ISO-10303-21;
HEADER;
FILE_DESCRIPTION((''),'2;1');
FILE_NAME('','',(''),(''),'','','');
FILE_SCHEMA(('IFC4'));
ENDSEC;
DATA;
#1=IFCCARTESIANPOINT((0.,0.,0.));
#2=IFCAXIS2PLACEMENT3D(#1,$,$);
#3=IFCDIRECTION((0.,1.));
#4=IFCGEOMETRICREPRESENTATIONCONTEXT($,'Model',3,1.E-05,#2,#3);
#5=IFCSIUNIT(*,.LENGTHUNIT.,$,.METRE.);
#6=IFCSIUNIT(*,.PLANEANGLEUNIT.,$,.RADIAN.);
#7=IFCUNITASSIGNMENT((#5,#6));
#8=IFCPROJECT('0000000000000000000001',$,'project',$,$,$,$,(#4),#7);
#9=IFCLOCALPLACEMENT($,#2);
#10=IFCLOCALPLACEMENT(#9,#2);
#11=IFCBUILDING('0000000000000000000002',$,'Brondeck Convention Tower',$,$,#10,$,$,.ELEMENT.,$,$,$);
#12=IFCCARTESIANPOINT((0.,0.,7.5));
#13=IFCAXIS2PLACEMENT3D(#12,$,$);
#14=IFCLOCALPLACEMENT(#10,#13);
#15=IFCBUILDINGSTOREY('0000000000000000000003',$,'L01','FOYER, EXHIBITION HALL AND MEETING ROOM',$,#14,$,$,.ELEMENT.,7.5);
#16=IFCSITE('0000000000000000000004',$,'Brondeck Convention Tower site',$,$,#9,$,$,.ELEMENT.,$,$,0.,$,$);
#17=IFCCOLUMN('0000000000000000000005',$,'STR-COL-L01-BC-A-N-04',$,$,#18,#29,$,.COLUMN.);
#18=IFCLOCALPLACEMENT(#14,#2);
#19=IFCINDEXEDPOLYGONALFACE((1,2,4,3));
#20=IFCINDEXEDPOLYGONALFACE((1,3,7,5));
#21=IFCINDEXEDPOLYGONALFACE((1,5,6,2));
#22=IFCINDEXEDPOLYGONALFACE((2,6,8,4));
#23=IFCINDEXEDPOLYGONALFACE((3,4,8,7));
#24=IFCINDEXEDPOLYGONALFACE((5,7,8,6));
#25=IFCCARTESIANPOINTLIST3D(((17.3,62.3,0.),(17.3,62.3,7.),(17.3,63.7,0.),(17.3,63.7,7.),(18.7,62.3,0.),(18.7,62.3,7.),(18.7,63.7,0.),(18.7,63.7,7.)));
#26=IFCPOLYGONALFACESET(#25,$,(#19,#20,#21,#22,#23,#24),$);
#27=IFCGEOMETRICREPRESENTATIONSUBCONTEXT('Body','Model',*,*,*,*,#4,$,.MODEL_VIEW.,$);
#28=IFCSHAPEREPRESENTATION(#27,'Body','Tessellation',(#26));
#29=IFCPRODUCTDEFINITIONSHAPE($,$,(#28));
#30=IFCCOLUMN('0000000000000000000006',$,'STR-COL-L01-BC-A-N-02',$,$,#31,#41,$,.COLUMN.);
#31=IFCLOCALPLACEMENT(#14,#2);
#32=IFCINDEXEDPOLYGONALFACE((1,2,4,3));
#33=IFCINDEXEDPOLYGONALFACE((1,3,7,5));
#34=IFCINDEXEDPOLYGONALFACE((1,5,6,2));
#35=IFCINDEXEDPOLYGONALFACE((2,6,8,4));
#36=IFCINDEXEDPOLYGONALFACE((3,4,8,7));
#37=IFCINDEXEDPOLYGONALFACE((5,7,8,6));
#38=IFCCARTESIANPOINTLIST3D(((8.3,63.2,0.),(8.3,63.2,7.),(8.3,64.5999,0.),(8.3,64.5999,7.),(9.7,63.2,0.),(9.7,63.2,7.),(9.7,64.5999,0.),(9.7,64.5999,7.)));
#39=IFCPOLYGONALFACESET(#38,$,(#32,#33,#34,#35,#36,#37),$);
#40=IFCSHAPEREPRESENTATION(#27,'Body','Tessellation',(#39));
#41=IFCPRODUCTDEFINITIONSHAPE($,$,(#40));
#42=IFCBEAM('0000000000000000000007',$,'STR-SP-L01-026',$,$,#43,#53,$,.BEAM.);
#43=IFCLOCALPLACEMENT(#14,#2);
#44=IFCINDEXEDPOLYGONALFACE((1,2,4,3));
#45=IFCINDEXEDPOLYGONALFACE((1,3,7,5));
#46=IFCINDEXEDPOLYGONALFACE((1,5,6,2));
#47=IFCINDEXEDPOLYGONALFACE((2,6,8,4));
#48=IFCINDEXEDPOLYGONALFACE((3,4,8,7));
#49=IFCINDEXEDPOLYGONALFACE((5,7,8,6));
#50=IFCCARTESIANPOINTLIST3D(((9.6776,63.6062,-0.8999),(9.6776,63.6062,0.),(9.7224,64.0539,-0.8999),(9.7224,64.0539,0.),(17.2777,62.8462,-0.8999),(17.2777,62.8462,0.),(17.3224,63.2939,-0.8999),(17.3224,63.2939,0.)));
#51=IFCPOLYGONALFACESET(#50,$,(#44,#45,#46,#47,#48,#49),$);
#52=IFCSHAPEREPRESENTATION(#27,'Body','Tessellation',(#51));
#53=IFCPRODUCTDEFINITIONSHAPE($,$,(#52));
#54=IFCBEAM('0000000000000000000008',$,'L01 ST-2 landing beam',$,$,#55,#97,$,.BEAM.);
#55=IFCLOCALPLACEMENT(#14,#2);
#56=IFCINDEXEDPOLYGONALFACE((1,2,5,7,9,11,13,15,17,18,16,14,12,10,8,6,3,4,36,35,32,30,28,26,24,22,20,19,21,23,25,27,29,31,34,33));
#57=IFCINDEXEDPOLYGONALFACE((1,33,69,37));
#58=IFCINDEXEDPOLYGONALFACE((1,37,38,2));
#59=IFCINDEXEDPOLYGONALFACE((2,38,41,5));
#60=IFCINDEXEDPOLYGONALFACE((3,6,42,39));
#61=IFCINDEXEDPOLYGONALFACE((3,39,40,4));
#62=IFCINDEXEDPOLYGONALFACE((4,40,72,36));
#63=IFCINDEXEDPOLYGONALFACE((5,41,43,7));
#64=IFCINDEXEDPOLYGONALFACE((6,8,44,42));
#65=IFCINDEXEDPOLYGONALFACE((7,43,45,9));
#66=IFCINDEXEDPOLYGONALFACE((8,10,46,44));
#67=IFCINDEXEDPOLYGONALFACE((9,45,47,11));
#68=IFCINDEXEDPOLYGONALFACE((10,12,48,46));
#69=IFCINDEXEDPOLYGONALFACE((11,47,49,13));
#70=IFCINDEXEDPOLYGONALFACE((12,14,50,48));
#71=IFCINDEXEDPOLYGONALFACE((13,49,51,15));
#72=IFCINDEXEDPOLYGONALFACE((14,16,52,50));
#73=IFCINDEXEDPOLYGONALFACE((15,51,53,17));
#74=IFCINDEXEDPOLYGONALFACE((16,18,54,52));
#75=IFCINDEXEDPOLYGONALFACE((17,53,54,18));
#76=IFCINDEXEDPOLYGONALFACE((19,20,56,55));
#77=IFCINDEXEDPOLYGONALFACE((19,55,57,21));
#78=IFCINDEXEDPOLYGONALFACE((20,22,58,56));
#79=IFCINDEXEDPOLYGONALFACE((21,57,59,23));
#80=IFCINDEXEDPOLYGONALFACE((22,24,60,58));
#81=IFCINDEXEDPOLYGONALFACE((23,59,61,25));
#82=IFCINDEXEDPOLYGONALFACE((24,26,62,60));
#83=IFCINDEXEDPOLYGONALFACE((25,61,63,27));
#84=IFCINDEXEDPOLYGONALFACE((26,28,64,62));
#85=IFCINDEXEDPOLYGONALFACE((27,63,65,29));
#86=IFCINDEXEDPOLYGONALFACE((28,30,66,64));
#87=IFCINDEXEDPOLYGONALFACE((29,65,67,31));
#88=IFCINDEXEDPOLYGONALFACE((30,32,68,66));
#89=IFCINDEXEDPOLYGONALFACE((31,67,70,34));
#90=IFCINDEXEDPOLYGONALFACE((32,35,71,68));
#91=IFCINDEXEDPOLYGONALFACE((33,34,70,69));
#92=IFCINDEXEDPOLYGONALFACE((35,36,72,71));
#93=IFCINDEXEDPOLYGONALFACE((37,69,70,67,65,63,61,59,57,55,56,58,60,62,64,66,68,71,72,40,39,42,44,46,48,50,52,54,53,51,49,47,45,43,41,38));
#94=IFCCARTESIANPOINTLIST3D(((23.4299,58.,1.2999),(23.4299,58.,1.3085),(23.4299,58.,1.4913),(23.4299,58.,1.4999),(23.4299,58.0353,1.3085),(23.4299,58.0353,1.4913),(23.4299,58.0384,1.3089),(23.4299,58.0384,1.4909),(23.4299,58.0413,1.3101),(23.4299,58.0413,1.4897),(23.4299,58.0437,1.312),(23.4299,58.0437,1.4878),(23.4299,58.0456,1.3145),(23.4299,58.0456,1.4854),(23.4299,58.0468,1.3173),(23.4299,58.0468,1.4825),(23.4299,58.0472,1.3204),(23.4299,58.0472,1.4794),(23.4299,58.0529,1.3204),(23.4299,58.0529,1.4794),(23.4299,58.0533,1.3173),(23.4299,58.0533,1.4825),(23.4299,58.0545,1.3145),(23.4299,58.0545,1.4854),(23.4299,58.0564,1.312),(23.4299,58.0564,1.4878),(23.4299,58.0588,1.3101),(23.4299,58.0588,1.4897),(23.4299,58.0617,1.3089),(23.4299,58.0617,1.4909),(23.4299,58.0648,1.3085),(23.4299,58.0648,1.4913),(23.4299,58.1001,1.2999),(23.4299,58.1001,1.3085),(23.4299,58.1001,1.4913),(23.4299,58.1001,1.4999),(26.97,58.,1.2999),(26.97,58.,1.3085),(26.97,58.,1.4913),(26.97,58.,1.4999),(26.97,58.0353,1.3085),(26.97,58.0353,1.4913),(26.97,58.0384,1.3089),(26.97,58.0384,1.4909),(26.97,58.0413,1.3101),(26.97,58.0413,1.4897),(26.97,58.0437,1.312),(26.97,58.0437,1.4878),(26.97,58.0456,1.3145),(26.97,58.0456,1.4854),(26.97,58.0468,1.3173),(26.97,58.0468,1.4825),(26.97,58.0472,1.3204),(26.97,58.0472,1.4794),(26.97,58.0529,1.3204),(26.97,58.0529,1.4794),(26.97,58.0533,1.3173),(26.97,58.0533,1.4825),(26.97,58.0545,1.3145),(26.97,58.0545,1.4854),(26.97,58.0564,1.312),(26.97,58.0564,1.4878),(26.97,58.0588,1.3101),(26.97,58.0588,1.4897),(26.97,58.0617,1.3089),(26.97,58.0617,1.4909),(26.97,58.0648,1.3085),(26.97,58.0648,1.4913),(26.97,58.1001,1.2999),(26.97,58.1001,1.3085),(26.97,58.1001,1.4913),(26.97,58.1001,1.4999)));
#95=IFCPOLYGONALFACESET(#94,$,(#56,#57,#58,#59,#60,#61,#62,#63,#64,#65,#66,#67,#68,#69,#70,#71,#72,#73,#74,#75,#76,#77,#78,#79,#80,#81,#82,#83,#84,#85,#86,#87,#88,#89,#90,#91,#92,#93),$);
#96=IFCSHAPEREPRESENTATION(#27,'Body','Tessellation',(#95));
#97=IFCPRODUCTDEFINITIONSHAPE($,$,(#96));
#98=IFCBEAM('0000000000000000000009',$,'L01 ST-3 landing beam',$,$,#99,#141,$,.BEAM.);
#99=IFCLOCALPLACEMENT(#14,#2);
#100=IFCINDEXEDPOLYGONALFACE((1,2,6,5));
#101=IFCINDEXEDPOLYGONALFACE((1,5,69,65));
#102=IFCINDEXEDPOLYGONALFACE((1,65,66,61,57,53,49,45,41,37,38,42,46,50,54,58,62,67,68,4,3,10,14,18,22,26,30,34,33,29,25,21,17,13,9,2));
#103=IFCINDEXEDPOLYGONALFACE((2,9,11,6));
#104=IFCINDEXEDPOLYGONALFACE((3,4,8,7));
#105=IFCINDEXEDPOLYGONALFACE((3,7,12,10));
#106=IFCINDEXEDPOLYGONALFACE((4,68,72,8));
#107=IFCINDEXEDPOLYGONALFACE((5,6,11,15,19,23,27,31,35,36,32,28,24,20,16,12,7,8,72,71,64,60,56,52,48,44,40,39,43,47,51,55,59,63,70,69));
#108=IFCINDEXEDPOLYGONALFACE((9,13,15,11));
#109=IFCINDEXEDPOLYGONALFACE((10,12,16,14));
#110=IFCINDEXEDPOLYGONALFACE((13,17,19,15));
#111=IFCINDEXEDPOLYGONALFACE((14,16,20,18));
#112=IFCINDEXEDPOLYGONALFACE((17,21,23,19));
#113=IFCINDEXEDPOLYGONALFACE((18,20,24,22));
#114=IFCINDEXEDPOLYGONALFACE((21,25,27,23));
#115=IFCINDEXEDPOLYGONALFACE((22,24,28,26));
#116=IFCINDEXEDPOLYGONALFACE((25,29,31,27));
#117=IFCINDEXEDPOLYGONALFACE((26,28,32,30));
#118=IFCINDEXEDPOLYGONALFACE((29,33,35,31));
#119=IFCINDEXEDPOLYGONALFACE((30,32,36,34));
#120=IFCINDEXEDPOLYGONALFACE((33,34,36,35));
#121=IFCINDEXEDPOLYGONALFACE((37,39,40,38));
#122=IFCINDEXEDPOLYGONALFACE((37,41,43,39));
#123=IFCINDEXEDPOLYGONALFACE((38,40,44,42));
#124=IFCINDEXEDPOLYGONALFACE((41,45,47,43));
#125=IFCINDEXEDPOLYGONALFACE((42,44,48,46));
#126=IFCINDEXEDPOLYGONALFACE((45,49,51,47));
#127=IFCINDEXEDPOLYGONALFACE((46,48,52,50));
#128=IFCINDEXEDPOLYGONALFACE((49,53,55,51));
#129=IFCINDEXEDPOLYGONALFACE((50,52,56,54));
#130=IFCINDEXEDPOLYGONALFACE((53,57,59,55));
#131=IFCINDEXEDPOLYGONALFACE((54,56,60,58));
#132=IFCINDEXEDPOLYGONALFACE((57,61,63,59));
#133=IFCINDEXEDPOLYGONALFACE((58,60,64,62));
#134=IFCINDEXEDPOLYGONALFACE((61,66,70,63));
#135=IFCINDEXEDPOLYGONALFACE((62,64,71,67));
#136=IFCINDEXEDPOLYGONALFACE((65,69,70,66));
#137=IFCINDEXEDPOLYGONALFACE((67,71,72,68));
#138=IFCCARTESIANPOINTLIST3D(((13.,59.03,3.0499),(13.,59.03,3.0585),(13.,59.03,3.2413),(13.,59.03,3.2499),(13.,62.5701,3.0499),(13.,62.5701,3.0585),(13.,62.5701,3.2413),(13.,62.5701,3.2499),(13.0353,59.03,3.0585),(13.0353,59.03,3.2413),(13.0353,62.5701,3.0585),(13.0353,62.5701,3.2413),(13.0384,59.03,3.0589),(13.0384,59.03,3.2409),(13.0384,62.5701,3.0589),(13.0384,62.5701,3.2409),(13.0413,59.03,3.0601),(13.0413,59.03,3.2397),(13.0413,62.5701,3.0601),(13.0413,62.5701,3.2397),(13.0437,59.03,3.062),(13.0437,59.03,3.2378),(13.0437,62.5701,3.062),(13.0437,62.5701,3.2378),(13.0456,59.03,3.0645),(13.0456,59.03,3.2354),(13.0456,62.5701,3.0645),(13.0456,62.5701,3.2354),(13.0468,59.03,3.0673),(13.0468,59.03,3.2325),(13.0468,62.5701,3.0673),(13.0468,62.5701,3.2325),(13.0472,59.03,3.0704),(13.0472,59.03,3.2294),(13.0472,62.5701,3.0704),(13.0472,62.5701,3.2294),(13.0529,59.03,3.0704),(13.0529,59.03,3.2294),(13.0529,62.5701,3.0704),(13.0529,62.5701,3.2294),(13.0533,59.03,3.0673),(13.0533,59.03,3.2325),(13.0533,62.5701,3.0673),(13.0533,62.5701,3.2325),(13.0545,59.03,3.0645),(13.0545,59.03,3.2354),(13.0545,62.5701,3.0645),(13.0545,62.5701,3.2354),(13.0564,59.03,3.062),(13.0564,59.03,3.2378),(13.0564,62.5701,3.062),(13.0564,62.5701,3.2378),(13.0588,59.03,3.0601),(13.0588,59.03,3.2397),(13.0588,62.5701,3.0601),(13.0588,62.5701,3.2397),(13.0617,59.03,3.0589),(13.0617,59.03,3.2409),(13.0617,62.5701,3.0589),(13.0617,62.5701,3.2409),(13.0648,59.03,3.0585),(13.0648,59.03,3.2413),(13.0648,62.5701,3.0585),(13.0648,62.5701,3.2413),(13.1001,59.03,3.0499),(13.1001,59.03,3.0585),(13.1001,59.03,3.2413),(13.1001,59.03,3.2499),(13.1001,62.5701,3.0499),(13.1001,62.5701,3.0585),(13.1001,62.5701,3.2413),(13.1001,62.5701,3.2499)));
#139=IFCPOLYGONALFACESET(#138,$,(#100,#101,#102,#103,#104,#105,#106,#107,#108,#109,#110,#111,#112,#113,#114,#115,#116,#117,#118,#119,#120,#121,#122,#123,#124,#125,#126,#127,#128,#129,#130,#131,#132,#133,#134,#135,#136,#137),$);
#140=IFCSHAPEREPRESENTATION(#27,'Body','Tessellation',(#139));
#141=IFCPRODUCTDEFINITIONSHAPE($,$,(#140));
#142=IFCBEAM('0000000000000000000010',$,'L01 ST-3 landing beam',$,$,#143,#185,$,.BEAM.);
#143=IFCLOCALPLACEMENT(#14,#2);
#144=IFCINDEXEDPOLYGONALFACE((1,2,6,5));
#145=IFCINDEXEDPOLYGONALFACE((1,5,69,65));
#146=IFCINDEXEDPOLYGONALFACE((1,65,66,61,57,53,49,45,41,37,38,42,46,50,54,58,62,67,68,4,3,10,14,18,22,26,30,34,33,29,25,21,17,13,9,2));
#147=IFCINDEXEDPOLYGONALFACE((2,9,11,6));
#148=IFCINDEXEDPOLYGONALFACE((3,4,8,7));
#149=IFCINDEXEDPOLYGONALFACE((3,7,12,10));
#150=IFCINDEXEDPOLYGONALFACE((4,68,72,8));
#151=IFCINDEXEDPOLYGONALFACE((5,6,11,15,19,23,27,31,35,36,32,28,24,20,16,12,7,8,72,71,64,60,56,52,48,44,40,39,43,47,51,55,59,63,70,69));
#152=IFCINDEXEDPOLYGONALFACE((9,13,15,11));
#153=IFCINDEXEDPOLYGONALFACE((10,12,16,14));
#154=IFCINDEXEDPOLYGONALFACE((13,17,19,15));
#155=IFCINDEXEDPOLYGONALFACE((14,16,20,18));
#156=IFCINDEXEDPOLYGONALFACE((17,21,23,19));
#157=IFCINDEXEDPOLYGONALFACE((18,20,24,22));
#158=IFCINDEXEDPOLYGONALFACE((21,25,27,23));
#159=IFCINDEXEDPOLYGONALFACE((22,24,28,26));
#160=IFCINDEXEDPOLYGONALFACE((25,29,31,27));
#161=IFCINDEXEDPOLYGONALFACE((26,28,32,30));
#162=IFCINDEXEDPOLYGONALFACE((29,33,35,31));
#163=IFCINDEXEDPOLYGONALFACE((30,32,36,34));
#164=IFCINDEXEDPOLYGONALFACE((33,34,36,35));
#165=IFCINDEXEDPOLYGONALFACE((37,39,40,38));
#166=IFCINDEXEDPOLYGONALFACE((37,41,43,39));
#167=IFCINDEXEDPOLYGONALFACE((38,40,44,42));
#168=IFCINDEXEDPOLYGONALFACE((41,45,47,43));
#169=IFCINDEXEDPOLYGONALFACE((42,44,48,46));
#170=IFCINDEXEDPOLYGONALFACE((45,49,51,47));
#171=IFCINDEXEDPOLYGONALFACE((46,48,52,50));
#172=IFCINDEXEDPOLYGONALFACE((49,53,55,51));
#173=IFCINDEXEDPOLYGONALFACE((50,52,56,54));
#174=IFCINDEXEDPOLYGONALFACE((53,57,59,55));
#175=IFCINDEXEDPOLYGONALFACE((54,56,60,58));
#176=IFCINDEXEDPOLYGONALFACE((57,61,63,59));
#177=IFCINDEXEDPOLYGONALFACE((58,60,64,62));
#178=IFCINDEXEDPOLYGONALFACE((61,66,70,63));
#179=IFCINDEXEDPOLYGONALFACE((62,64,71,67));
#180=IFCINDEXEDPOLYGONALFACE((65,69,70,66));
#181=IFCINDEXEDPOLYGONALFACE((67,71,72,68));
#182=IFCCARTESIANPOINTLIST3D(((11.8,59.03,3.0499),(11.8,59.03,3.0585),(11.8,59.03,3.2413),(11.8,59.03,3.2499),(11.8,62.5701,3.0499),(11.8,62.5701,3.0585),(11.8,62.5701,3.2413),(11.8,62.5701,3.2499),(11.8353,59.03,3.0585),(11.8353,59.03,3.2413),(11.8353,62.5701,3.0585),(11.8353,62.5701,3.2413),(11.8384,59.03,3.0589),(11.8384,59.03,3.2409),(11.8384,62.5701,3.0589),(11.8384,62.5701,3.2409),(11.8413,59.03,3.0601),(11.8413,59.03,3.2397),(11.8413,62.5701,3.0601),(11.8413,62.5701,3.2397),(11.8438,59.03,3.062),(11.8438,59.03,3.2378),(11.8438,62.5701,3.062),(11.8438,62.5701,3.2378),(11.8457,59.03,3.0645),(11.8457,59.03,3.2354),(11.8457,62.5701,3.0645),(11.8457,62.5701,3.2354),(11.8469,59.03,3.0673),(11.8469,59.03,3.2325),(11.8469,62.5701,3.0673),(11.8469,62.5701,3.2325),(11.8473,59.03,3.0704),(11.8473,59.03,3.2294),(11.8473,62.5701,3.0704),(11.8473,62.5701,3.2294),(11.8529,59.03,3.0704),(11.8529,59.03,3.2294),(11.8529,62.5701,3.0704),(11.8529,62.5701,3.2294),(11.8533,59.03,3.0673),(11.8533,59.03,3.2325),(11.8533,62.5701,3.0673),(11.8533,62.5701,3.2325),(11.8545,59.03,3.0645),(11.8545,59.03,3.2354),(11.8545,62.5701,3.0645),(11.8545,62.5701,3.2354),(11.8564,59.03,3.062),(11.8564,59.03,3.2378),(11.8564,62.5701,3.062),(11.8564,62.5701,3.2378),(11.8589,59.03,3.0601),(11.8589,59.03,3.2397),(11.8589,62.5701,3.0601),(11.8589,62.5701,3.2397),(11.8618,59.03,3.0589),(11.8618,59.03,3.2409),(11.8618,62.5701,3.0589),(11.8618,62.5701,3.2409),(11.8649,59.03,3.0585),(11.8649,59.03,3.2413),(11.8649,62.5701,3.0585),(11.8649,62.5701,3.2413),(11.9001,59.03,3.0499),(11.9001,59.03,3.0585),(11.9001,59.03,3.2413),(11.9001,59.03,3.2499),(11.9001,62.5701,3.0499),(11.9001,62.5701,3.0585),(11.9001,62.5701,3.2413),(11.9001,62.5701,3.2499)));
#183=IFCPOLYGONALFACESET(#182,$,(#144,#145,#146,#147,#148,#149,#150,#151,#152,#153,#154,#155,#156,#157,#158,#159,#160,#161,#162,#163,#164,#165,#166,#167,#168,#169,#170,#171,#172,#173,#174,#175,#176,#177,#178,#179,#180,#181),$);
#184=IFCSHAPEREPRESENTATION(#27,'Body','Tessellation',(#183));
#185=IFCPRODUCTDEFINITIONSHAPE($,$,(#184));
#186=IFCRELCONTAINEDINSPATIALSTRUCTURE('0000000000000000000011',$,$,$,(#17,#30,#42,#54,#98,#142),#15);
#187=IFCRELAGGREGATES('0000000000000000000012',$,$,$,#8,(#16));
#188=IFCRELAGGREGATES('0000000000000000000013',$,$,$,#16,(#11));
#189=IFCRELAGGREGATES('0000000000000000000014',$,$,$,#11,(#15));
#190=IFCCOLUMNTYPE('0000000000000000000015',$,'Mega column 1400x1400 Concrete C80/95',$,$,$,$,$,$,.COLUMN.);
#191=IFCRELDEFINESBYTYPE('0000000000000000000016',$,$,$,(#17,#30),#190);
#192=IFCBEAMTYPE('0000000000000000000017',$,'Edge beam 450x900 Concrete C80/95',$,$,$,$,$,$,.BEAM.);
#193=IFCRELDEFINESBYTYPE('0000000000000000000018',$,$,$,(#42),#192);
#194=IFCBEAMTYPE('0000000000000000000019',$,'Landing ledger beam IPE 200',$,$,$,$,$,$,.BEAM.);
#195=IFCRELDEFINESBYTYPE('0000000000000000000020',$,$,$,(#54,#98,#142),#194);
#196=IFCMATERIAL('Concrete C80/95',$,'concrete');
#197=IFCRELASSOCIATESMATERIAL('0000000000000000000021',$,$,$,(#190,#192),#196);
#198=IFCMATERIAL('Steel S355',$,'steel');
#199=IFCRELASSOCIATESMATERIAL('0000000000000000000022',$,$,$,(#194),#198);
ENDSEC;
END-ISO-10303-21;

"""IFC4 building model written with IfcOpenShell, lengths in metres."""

from ifc_helpers import new_model, si_unit, direction, frame, origin, origin_2d, place, context, subcontext, project, spatial, rectangle, i_section, extrude, material, material_profile, profile_set, type_object, element, save


model = new_model("IFC4")

# Units and contexts
model_context = context("Model", 3, precision=1e-05, world=origin(), true_north=direction((0.0, 1.0)))
body_context = subcontext(model_context, "Body", "Model", "MODEL_VIEW")
ifc_project = project(units=[si_unit("LENGTHUNIT", "METRE"), si_unit("PLANEANGLEUNIT", "RADIAN")], contexts=[model_context])

# Site, building, storey
site_placement = place(None, origin())
site = spatial("IfcSite", under=ifc_project, at=site_placement, Name="Brondeck Convention Tower site", CompositionType="ELEMENT", RefElevation=0.0)
building_placement = place(site_placement, origin())
building = spatial("IfcBuilding", under=site, at=building_placement, Name="Brondeck Convention Tower", CompositionType="ELEMENT")
storey_placement = place(building_placement, frame((0.0, 0.0, 7.5)))
storey = spatial("IfcBuildingStorey", under=building, at=storey_placement, Name="L01", Description="FOYER, EXHIBITION HALL AND MEETING ROOM", CompositionType="ELEMENT", Elevation=7.5)

# Columns
ifc_material_1 = material(Name="Concrete C80/95", Category="concrete")
ifc_material_profile_1 = material_profile(ifc_material_1, rectangle(XDim=1.3999, YDim=1.3999, at=origin_2d()), Name="Mega column 1400x1400 Concrete C80/95")
ifc_profile_set_1 = profile_set([ifc_material_profile_1], Name="Concrete C80/95")
column_type = type_object("IfcColumnType", Name="Mega column 1400x1400 Concrete C80/95", PredefinedType="COLUMN", material=ifc_profile_set_1)
for number, where, z_axis, x_axis, name in (
    (1, (18.0, 63.0, 0.0), (0.0, 0.0, 1.0), (1.0, 0.0, 0.0), "STR-COL-L01-BC-A-N-04"),
    (2, (9.0, 63.8999, 0.0), (0.0, 0.0, 1.0), (1.0, 0.0, 0.0), "STR-COL-L01-BC-A-N-02"),
):
    element("IfcColumn", number, at=place(storey_placement, frame(where, z_axis=z_axis, x_axis=x_axis)), inside=storey, type_object=column_type, Name=name, PredefinedType="COLUMN", context=body_context, shape_type="SweptSolid", body=[
        extrude(rectangle(XDim=1.3999, YDim=1.3999, at=origin_2d()), origin(), (0.0, 0.0, 1.0), 7.0),
    ])

# Beams
ifc_material_profile_2 = material_profile(ifc_material_1, rectangle(XDim=0.45, YDim=0.8999, at=origin_2d()), Name="Edge beam 450x900 Concrete C80/95")
ifc_profile_set_2 = profile_set([ifc_material_profile_2], Name="Concrete C80/95")
beam_type_1 = type_object("IfcBeamType", Name="Edge beam 450x900 Concrete C80/95", PredefinedType="BEAM", material=ifc_profile_set_2)
beam_placement = place(storey_placement, frame((17.3, 63.0701, -0.45), z_axis=(-0.995037, 0.099504, 0.0), x_axis=(-0.099504, -0.995037, 0.0)))
element("IfcBeam", 3, at=beam_placement, inside=storey, type_object=beam_type_1, Name="STR-SP-L01-026", PredefinedType="BEAM", context=body_context, shape_type="SweptSolid", body=[
    extrude(rectangle(XDim=0.45, YDim=0.8999, at=origin_2d()), origin(), (0.0, 0.0, 1.0), 7.6379),
])
ifc_material_2 = material(Name="Steel S355", Category="steel")
ifc_material_profile_3 = material_profile(ifc_material_2, i_section(OverallWidth=0.1001, OverallDepth=0.2, WebThickness=0.0056, FlangeThickness=0.0085, FilletRadius=0.012, at=origin_2d()), Name="IPE200")
ifc_profile_set_3 = profile_set([ifc_material_profile_3], Name="Steel S355")
beam_type_2 = type_object("IfcBeamType", Name="Landing ledger beam IPE 200", PredefinedType="BEAM", material=ifc_profile_set_3)
for number, where, z_axis, x_axis, name in (
    (4, (23.4299, 58.05, 1.3999), (1.0, 0.0, 0.0), (0.0, 1.0, 0.0), "L01 ST-2 landing beam"),
    (5, (13.05, 62.5701, 3.1499), (0.0, -1.0, 0.0), (1.0, 0.0, 0.0), "L01 ST-3 landing beam"),
    (6, (11.8501, 62.5701, 3.1499), (0.0, -1.0, 0.0), (1.0, 0.0, 0.0), "L01 ST-3 landing beam"),
):
    element("IfcBeam", number, at=place(storey_placement, frame(where, z_axis=z_axis, x_axis=x_axis)), inside=storey, type_object=beam_type_2, Name=name, PredefinedType="BEAM", context=body_context, shape_type="SweptSolid", body=[
        extrude(i_section(OverallWidth=0.1001, OverallDepth=0.2, WebThickness=0.0056, FlangeThickness=0.0085, FilletRadius=0.012, at=origin_2d()), origin(), (0.0, 0.0, 1.0), 3.54),
    ])

save(model, "model.ifc")
